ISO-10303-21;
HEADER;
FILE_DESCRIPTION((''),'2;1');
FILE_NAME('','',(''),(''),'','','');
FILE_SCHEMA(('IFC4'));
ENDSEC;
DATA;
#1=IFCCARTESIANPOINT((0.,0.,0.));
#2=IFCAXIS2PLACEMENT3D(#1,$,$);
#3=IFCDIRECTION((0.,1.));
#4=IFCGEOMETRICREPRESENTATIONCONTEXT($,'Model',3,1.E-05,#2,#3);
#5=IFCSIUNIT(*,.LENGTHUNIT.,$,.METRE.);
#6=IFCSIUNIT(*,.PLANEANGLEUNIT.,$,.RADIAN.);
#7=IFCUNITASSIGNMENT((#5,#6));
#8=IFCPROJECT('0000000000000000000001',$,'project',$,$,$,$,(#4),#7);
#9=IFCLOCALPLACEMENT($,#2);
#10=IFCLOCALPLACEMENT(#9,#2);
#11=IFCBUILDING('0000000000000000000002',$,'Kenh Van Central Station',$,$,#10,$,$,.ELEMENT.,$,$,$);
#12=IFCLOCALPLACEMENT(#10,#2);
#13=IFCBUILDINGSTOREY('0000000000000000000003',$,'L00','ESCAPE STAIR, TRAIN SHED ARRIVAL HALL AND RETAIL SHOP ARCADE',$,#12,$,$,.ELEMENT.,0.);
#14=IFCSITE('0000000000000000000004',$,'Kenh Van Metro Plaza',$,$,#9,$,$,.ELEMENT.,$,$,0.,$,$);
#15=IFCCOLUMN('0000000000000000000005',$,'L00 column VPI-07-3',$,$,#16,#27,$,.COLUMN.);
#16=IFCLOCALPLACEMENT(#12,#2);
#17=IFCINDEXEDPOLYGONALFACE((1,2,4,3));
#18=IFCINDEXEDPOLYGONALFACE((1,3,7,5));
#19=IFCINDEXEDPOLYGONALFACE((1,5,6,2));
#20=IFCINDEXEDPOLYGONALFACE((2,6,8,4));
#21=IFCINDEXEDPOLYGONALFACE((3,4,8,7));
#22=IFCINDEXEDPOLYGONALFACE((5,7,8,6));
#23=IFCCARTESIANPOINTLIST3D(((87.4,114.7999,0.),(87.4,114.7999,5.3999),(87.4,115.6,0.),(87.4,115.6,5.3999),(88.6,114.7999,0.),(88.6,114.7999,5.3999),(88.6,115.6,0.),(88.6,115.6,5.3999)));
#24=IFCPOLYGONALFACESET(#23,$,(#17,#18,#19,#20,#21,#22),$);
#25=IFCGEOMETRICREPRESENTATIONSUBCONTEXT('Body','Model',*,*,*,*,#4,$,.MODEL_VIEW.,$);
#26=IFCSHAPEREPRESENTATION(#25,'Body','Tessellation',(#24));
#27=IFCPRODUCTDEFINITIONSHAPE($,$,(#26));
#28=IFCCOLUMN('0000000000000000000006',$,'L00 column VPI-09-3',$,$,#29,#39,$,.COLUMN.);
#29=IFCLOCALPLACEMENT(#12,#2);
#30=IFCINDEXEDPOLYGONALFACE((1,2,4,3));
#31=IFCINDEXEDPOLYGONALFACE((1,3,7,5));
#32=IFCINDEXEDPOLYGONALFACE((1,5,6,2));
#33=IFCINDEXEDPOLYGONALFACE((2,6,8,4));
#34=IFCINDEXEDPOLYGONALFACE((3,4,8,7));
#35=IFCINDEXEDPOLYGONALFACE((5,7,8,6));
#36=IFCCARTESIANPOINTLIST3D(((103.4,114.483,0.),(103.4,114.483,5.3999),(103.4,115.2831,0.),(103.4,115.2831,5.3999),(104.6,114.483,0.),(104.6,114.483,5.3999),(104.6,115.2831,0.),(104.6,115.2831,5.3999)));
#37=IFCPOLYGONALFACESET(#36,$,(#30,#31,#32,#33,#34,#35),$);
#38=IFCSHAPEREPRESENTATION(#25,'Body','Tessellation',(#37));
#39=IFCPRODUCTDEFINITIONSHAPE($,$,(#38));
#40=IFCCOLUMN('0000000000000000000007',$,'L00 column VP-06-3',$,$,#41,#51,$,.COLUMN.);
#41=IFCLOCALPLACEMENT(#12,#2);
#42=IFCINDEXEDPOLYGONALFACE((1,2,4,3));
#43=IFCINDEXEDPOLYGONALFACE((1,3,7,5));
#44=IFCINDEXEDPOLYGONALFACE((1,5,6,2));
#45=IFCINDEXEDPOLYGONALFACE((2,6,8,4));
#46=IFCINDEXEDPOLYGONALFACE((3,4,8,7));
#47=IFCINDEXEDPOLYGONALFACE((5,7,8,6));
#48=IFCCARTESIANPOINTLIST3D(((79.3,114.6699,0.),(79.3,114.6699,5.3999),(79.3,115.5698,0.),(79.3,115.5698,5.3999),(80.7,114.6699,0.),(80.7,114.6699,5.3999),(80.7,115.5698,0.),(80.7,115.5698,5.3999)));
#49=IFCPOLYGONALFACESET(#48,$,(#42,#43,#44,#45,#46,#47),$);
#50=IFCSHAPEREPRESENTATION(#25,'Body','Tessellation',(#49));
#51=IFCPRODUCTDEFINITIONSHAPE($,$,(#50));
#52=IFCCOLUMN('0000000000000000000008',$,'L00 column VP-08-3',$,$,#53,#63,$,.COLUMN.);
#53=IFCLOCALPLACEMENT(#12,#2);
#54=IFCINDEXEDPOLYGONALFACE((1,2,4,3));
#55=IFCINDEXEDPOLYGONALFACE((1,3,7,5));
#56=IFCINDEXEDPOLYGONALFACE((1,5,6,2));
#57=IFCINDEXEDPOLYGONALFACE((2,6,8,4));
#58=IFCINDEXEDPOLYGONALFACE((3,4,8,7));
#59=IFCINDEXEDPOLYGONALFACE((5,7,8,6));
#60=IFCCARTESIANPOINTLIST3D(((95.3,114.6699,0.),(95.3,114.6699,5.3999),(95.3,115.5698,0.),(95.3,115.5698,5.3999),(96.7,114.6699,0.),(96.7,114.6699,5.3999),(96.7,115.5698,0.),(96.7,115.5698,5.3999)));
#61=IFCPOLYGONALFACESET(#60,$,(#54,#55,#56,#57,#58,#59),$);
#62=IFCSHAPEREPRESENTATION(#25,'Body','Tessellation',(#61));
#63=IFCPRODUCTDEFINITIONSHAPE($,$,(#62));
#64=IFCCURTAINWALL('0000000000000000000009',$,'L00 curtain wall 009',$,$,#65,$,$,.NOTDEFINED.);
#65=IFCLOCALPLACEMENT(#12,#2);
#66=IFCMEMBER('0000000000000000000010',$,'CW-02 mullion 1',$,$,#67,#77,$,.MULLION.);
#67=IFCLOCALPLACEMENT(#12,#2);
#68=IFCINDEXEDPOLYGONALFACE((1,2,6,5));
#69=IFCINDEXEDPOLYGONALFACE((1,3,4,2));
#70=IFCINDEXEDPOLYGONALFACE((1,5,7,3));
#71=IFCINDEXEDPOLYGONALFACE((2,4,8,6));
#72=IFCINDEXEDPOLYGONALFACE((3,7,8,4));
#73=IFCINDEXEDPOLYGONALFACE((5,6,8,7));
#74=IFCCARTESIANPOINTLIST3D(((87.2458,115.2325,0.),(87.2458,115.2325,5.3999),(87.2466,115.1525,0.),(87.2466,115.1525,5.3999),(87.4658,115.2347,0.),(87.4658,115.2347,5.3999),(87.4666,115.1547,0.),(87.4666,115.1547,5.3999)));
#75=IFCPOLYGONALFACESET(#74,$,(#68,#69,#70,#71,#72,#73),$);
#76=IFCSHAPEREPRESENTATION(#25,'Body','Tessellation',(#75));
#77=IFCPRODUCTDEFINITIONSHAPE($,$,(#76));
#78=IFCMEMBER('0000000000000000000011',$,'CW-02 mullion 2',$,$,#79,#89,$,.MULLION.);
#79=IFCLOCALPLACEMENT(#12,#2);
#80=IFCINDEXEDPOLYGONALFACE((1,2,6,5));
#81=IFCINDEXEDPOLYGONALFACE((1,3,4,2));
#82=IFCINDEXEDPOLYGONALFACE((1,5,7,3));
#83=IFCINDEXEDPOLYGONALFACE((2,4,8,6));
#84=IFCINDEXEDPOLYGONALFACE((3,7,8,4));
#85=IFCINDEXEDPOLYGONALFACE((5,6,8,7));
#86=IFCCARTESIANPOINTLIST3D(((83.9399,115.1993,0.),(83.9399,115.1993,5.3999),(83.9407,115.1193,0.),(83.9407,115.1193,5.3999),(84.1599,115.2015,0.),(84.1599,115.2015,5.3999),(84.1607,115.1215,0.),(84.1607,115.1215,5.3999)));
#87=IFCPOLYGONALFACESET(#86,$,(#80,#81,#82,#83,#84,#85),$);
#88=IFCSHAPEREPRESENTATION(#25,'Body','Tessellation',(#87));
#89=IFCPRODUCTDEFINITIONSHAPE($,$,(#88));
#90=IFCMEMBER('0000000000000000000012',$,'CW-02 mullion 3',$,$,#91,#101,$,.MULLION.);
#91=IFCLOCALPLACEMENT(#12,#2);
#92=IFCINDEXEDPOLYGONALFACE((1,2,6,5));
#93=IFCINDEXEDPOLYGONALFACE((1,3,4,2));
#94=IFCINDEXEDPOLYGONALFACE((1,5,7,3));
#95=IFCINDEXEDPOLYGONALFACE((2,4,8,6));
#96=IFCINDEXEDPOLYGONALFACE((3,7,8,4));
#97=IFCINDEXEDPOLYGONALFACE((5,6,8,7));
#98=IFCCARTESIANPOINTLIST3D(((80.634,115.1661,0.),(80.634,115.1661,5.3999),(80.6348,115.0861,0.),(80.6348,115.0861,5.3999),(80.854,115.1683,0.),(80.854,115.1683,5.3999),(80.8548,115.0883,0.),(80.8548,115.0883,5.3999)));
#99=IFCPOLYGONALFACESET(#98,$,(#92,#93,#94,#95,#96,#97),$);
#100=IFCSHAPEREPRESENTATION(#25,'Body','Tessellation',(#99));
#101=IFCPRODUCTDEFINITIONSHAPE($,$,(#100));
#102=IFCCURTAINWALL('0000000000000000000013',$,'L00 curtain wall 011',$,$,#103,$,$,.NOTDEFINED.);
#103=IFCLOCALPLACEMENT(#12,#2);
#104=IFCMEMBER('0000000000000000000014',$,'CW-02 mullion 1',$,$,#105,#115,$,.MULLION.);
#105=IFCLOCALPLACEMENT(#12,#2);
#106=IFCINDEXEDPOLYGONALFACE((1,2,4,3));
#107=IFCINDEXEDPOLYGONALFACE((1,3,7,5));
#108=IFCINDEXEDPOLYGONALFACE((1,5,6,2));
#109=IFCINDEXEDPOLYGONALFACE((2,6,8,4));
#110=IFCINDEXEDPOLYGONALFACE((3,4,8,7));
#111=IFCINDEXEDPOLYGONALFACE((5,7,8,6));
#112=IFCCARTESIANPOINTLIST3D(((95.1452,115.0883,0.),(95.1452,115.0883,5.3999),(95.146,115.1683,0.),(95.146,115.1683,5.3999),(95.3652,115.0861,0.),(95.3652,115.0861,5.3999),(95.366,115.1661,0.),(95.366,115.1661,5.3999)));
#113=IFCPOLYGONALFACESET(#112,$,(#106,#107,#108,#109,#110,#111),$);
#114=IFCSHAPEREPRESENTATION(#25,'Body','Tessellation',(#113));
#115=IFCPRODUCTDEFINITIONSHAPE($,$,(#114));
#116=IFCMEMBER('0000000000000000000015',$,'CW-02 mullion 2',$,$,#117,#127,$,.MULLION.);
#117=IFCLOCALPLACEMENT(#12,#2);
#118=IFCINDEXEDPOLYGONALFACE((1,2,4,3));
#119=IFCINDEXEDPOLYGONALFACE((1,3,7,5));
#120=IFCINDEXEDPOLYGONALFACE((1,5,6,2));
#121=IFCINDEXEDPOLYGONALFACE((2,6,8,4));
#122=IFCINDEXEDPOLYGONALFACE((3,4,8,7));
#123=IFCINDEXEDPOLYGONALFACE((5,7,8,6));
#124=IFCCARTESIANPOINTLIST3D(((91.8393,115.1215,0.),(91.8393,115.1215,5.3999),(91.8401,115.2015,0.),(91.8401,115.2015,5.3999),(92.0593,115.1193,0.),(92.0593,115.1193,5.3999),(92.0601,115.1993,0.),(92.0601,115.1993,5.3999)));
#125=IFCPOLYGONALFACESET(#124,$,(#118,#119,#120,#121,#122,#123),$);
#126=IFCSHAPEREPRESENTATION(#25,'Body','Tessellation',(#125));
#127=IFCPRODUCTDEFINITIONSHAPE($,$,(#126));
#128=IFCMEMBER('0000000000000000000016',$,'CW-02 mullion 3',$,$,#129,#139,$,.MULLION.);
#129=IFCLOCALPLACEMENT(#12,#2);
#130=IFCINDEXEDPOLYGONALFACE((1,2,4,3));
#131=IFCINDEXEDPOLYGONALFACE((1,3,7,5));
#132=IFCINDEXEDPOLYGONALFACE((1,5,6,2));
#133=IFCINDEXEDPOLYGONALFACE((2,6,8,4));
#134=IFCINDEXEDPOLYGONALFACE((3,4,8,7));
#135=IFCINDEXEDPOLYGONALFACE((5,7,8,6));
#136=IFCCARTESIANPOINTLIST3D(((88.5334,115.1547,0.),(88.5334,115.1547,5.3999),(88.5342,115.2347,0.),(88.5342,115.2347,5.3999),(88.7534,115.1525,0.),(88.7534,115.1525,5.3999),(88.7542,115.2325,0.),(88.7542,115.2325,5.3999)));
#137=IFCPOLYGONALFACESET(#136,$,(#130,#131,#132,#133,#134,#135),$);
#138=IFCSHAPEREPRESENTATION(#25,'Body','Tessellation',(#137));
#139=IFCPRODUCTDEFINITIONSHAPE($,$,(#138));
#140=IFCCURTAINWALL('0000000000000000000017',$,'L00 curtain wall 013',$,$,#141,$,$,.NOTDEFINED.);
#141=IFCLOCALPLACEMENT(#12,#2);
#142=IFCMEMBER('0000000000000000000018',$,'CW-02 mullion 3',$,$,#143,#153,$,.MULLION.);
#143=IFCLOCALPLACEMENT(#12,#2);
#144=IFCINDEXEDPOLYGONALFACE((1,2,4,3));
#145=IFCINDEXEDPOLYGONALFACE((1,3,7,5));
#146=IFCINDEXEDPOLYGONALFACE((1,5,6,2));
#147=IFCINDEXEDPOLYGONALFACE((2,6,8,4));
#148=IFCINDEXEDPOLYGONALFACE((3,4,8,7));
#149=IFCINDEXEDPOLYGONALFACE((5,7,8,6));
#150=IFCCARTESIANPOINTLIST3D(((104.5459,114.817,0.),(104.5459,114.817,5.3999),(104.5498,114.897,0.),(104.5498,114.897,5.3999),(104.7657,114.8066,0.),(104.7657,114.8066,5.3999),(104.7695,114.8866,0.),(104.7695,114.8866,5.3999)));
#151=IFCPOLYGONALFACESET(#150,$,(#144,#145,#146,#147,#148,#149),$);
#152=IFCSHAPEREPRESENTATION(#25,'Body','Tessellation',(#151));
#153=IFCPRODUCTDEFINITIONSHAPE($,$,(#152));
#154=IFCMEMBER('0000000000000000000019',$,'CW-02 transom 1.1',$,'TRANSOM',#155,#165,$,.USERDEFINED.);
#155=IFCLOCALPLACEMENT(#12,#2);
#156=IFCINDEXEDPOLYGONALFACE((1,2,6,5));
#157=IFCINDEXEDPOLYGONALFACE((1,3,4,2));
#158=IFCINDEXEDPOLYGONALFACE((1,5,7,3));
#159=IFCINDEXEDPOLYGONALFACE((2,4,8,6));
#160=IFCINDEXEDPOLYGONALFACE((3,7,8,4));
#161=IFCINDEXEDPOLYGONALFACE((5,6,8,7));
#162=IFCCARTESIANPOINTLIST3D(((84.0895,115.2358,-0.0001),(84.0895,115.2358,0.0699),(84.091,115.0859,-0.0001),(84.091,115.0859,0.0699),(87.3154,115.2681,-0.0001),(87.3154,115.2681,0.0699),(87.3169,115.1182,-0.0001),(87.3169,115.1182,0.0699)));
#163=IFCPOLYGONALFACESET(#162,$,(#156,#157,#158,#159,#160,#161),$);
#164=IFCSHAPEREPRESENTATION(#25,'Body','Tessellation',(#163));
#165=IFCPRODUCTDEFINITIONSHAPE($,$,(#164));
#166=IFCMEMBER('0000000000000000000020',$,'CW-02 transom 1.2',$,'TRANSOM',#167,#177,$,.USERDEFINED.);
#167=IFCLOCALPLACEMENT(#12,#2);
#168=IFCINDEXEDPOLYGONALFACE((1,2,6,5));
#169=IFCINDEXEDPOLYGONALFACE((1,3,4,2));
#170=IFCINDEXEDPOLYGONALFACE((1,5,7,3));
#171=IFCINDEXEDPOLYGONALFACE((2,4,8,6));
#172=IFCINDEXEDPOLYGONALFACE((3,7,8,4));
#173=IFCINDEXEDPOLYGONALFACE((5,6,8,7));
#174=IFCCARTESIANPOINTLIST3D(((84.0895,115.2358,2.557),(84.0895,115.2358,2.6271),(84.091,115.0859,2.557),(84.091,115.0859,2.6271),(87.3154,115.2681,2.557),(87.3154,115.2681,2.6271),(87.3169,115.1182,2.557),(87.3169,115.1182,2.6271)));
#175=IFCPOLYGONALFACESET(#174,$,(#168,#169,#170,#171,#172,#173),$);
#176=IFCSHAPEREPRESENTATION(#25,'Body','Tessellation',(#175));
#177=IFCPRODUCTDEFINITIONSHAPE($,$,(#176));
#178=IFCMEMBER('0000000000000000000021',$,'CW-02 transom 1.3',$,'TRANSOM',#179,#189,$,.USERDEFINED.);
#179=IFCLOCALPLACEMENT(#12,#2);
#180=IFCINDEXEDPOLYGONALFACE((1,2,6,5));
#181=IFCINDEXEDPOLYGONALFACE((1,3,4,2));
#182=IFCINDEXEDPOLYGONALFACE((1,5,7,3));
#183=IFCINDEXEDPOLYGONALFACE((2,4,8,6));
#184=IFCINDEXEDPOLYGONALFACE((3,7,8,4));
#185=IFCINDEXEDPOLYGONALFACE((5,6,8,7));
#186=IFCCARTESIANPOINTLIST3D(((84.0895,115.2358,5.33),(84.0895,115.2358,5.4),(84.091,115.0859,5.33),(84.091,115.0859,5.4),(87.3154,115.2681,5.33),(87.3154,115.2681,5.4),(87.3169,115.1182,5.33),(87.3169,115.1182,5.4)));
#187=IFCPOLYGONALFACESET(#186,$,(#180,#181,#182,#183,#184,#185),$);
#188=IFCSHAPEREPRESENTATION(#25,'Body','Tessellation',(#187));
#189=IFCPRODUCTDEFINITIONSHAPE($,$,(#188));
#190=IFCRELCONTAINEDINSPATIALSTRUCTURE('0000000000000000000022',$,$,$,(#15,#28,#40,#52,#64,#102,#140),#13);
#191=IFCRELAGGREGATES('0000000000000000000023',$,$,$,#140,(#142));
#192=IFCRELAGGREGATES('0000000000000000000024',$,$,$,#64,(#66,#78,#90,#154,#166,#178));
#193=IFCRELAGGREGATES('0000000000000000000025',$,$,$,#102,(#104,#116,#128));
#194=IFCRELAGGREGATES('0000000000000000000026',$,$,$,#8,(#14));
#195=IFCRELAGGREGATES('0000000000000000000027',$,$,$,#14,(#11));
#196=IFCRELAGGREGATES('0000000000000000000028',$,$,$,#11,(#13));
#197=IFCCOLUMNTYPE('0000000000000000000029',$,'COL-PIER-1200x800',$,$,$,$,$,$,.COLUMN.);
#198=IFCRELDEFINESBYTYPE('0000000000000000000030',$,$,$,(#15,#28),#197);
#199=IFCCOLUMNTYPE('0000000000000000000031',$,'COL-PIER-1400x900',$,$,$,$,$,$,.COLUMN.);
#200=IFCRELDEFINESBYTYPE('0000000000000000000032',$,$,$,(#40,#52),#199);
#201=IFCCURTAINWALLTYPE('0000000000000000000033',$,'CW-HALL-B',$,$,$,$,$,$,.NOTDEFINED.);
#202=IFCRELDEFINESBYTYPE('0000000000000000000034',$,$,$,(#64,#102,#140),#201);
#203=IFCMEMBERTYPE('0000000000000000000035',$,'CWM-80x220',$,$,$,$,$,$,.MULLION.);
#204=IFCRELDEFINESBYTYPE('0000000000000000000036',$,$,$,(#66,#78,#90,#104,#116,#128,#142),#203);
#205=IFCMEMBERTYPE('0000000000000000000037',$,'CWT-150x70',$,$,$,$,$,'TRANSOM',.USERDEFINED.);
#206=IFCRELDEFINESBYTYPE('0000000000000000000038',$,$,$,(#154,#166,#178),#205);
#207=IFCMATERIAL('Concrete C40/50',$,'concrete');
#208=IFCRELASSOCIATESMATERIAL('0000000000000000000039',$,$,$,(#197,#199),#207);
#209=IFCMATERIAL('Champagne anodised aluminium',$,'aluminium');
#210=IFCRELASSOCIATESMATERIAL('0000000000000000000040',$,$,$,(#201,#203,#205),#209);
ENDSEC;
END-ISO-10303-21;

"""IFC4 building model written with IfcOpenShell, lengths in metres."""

from ifc_helpers import new_model, si_unit, direction, frame, origin, origin_2d, place, context, subcontext, project, spatial, rectangle, extrude, material, material_profile, profile_set, type_object, element, aggregate, save


model = new_model("IFC4")

# Units and contexts
model_context = context("Model", 3, precision=1e-05, world=origin(), true_north=direction((0.0, 1.0)))
body_context = subcontext(model_context, "Body", "Model", "MODEL_VIEW")
ifc_project = project(units=[si_unit("LENGTHUNIT", "METRE"), si_unit("PLANEANGLEUNIT", "RADIAN")], contexts=[model_context])

# Site, building, storey
site_placement = place(None, origin())
site = spatial("IfcSite", under=ifc_project, at=site_placement, Name="Kenh Van Metro Plaza", CompositionType="ELEMENT", RefElevation=0.0)
building_placement = place(site_placement, origin())
building = spatial("IfcBuilding", under=site, at=building_placement, Name="Kenh Van Central Station", CompositionType="ELEMENT")
storey_placement = place(building_placement, origin())
storey = spatial("IfcBuildingStorey", under=building, at=storey_placement, Name="L00", Description="ESCAPE STAIR, TRAIN SHED ARRIVAL HALL AND RETAIL SHOP ARCADE", CompositionType="ELEMENT", Elevation=0.0)

# Columns
ifc_material_1 = material(Name="Concrete C40/50", Category="concrete")
ifc_material_profile_1 = material_profile(ifc_material_1, rectangle(XDim=1.2, YDim=0.8, at=origin_2d()), Name="RC 1200x800")
ifc_profile_set_1 = profile_set([ifc_material_profile_1], Name="Concrete C40/50")
column_type_1 = type_object("IfcColumnType", Name="COL-PIER-1200x800", PredefinedType="COLUMN", material=ifc_profile_set_1)
for number, where, z_axis, x_axis, name in (
    (1, (88.0, 115.2, 0.0), (0.0, 0.0, 1.0), (1.0, 0.0, 0.0), "L00 column VPI-07-3"),
    (2, (104.0, 114.8831, 0.0), (0.0, 0.0, 1.0), (1.0, 0.0, 0.0), "L00 column VPI-09-3"),
):
    element("IfcColumn", number, at=place(storey_placement, frame(where, z_axis=z_axis, x_axis=x_axis)), inside=storey, type_object=column_type_1, Name=name, PredefinedType="COLUMN", context=body_context, shape_type="SweptSolid", body=[
        extrude(rectangle(XDim=1.2, YDim=0.8, at=origin_2d()), origin(), (0.0, 0.0, 1.0), 5.3999),
    ])
ifc_material_profile_2 = material_profile(ifc_material_1, rectangle(XDim=1.3999, YDim=0.8999, at=origin_2d()), Name="RC 1400x900")
ifc_profile_set_2 = profile_set([ifc_material_profile_2], Name="Concrete C40/50")
column_type_2 = type_object("IfcColumnType", Name="COL-PIER-1400x900", PredefinedType="COLUMN", material=ifc_profile_set_2)
for number, where, z_axis, x_axis, name in (
    (3, (80.0, 115.1199, 0.0), (0.0, 0.0, 1.0), (1.0, 0.0, 0.0), "L00 column VP-06-3"),
    (4, (96.0, 115.1199, 0.0), (0.0, 0.0, 1.0), (1.0, 0.0, 0.0), "L00 column VP-08-3"),
):
    element("IfcColumn", number, at=place(storey_placement, frame(where, z_axis=z_axis, x_axis=x_axis)), inside=storey, type_object=column_type_2, Name=name, PredefinedType="COLUMN", context=body_context, shape_type="SweptSolid", body=[
        extrude(rectangle(XDim=1.3999, YDim=0.8999, at=origin_2d()), origin(), (0.0, 0.0, 1.0), 5.3999),
    ])

# Curtain walls, members
ifc_material_2 = material(Name="Champagne anodised aluminium", Category="aluminium")
curtain_wall_type = type_object("IfcCurtainWallType", Name="CW-HALL-B", PredefinedType="NOTDEFINED", material=ifc_material_2)
curtain_wall_1_placement = place(storey_placement, origin())
curtain_wall_1 = element("IfcCurtainWall", 5, at=curtain_wall_1_placement, inside=storey, type_object=curtain_wall_type, Name="L00 curtain wall 009", PredefinedType="NOTDEFINED")
ifc_material_profile_3 = material_profile(ifc_material_2, rectangle(XDim=0.0801, YDim=0.22, at=origin_2d()), Name="AL 80x220")
ifc_profile_set_3 = profile_set([ifc_material_profile_3], Name="Champagne anodised aluminium")
member_type_1 = type_object("IfcMemberType", Name="CWM-80x220", PredefinedType="MULLION", material=ifc_profile_set_3)
member_1_placement = place(storey_placement, frame((87.3562, 115.1936, 0.0), z_axis=(0.0, 0.0, 1.0), x_axis=(0.010012, -0.99995, 0.0)))
member_1 = element("IfcMember", 6, at=member_1_placement, type_object=member_type_1, Name="CW-02 mullion 1", PredefinedType="MULLION", context=body_context, shape_type="SweptSolid", body=[
    extrude(rectangle(XDim=0.0801, YDim=0.22, at=origin_2d()), origin(), (0.0, 0.0, 1.0), 5.3999),
])
member_2_placement = place(storey_placement, frame((84.0503, 115.1604, 0.0), z_axis=(0.0, 0.0, 1.0), x_axis=(0.010012, -0.99995, 0.0)))
member_2 = element("IfcMember", 7, at=member_2_placement, type_object=member_type_1, Name="CW-02 mullion 2", PredefinedType="MULLION", context=body_context, shape_type="SweptSolid", body=[
    extrude(rectangle(XDim=0.0801, YDim=0.22, at=origin_2d()), origin(), (0.0, 0.0, 1.0), 5.3999),
])
member_3_placement = place(storey_placement, frame((80.7444, 115.1272, 0.0), z_axis=(0.0, 0.0, 1.0), x_axis=(0.010012, -0.99995, 0.0)))
member_3 = element("IfcMember", 8, at=member_3_placement, type_object=member_type_1, Name="CW-02 mullion 3", PredefinedType="MULLION", context=body_context, shape_type="SweptSolid", body=[
    extrude(rectangle(XDim=0.0801, YDim=0.22, at=origin_2d()), origin(), (0.0, 0.0, 1.0), 5.3999),
])
curtain_wall_2_placement = place(storey_placement, origin())
curtain_wall_2 = element("IfcCurtainWall", 9, at=curtain_wall_2_placement, inside=storey, type_object=curtain_wall_type, Name="L00 curtain wall 011", PredefinedType="NOTDEFINED")
member_4_placement = place(storey_placement, frame((95.2556, 115.1272, 0.0), z_axis=(0.0, 0.0, 1.0), x_axis=(-0.010012, -0.99995, 0.0)))
member_4 = element("IfcMember", 10, at=member_4_placement, type_object=member_type_1, Name="CW-02 mullion 1", PredefinedType="MULLION", context=body_context, shape_type="SweptSolid", body=[
    extrude(rectangle(XDim=0.0801, YDim=0.22, at=origin_2d()), origin(), (0.0, 0.0, 1.0), 5.3999),
])
member_5_placement = place(storey_placement, frame((91.9497, 115.1604, 0.0), z_axis=(0.0, 0.0, 1.0), x_axis=(-0.010012, -0.99995, 0.0)))
member_5 = element("IfcMember", 11, at=member_5_placement, type_object=member_type_1, Name="CW-02 mullion 2", PredefinedType="MULLION", context=body_context, shape_type="SweptSolid", body=[
    extrude(rectangle(XDim=0.0801, YDim=0.22, at=origin_2d()), origin(), (0.0, 0.0, 1.0), 5.3999),
])
member_6_placement = place(storey_placement, frame((88.6438, 115.1936, 0.0), z_axis=(0.0, 0.0, 1.0), x_axis=(-0.010012, -0.99995, 0.0)))
member_6 = element("IfcMember", 12, at=member_6_placement, type_object=member_type_1, Name="CW-02 mullion 3", PredefinedType="MULLION", context=body_context, shape_type="SweptSolid", body=[
    extrude(rectangle(XDim=0.0801, YDim=0.22, at=origin_2d()), origin(), (0.0, 0.0, 1.0), 5.3999),
])

# Curtain wall, member
curtain_wall_3_placement = place(storey_placement, origin())
curtain_wall_3 = element("IfcCurtainWall", 13, at=curtain_wall_3_placement, inside=storey, type_object=curtain_wall_type, Name="L00 curtain wall 013", PredefinedType="NOTDEFINED")
member_7_placement = place(storey_placement, frame((104.6577, 114.8518, 0.0), z_axis=(0.0, 0.0, 1.0), x_axis=(-0.047601, -0.998866, 0.0)))
member_7 = element("IfcMember", 14, at=member_7_placement, type_object=member_type_1, Name="CW-02 mullion 3", PredefinedType="MULLION", context=body_context, shape_type="SweptSolid", body=[
    extrude(rectangle(XDim=0.0801, YDim=0.22, at=origin_2d()), origin(), (0.0, 0.0, 1.0), 5.3999),
])
aggregate(curtain_wall_3, [member_7])

# Members
ifc_material_profile_4 = material_profile(ifc_material_2, rectangle(XDim=0.1499, YDim=0.0701, at=origin_2d()), Name="AL 150x70")
ifc_profile_set_4 = profile_set([ifc_material_profile_4], Name="Champagne anodised aluminium")
member_type_2 = type_object("IfcMemberType", Name="CWT-150x70", ElementType="TRANSOM", PredefinedType="USERDEFINED", material=ifc_profile_set_4)
member_8_placement = place(storey_placement, frame((87.3162, 115.1931, 0.0349), z_axis=(-0.99995, -0.00999, 0.0), x_axis=(0.00999, -0.99995, 0.0)))
member_8 = element("IfcMember", 15, at=member_8_placement, type_object=member_type_2, Name="CW-02 transom 1.1", ObjectType="TRANSOM", PredefinedType="USERDEFINED", context=body_context, shape_type="SweptSolid", body=[
    extrude(rectangle(XDim=0.1499, YDim=0.0701, at=origin_2d()), origin(), (0.0, 0.0, 1.0), 3.2261),
])
member_9_placement = place(storey_placement, frame((87.3162, 115.1931, 2.592), z_axis=(-0.99995, -0.00999, 0.0), x_axis=(0.00999, -0.99995, 0.0)))
member_9 = element("IfcMember", 16, at=member_9_placement, type_object=member_type_2, Name="CW-02 transom 1.2", ObjectType="TRANSOM", PredefinedType="USERDEFINED", context=body_context, shape_type="SweptSolid", body=[
    extrude(rectangle(XDim=0.1499, YDim=0.0701, at=origin_2d()), origin(), (0.0, 0.0, 1.0), 3.2261),
])
member_10_placement = place(storey_placement, frame((87.3162, 115.1931, 5.365), z_axis=(-0.99995, -0.00999, 0.0), x_axis=(0.00999, -0.99995, 0.0)))
member_10 = element("IfcMember", 17, at=member_10_placement, type_object=member_type_2, Name="CW-02 transom 1.3", ObjectType="TRANSOM", PredefinedType="USERDEFINED", context=body_context, shape_type="SweptSolid", body=[
    extrude(rectangle(XDim=0.1499, YDim=0.0701, at=origin_2d()), origin(), (0.0, 0.0, 1.0), 3.2261),
])

aggregate(curtain_wall_1, [member_1, member_2, member_3, member_8, member_9, member_10])
aggregate(curtain_wall_2, [member_4, member_5, member_6])

save(model, "model.ifc")
